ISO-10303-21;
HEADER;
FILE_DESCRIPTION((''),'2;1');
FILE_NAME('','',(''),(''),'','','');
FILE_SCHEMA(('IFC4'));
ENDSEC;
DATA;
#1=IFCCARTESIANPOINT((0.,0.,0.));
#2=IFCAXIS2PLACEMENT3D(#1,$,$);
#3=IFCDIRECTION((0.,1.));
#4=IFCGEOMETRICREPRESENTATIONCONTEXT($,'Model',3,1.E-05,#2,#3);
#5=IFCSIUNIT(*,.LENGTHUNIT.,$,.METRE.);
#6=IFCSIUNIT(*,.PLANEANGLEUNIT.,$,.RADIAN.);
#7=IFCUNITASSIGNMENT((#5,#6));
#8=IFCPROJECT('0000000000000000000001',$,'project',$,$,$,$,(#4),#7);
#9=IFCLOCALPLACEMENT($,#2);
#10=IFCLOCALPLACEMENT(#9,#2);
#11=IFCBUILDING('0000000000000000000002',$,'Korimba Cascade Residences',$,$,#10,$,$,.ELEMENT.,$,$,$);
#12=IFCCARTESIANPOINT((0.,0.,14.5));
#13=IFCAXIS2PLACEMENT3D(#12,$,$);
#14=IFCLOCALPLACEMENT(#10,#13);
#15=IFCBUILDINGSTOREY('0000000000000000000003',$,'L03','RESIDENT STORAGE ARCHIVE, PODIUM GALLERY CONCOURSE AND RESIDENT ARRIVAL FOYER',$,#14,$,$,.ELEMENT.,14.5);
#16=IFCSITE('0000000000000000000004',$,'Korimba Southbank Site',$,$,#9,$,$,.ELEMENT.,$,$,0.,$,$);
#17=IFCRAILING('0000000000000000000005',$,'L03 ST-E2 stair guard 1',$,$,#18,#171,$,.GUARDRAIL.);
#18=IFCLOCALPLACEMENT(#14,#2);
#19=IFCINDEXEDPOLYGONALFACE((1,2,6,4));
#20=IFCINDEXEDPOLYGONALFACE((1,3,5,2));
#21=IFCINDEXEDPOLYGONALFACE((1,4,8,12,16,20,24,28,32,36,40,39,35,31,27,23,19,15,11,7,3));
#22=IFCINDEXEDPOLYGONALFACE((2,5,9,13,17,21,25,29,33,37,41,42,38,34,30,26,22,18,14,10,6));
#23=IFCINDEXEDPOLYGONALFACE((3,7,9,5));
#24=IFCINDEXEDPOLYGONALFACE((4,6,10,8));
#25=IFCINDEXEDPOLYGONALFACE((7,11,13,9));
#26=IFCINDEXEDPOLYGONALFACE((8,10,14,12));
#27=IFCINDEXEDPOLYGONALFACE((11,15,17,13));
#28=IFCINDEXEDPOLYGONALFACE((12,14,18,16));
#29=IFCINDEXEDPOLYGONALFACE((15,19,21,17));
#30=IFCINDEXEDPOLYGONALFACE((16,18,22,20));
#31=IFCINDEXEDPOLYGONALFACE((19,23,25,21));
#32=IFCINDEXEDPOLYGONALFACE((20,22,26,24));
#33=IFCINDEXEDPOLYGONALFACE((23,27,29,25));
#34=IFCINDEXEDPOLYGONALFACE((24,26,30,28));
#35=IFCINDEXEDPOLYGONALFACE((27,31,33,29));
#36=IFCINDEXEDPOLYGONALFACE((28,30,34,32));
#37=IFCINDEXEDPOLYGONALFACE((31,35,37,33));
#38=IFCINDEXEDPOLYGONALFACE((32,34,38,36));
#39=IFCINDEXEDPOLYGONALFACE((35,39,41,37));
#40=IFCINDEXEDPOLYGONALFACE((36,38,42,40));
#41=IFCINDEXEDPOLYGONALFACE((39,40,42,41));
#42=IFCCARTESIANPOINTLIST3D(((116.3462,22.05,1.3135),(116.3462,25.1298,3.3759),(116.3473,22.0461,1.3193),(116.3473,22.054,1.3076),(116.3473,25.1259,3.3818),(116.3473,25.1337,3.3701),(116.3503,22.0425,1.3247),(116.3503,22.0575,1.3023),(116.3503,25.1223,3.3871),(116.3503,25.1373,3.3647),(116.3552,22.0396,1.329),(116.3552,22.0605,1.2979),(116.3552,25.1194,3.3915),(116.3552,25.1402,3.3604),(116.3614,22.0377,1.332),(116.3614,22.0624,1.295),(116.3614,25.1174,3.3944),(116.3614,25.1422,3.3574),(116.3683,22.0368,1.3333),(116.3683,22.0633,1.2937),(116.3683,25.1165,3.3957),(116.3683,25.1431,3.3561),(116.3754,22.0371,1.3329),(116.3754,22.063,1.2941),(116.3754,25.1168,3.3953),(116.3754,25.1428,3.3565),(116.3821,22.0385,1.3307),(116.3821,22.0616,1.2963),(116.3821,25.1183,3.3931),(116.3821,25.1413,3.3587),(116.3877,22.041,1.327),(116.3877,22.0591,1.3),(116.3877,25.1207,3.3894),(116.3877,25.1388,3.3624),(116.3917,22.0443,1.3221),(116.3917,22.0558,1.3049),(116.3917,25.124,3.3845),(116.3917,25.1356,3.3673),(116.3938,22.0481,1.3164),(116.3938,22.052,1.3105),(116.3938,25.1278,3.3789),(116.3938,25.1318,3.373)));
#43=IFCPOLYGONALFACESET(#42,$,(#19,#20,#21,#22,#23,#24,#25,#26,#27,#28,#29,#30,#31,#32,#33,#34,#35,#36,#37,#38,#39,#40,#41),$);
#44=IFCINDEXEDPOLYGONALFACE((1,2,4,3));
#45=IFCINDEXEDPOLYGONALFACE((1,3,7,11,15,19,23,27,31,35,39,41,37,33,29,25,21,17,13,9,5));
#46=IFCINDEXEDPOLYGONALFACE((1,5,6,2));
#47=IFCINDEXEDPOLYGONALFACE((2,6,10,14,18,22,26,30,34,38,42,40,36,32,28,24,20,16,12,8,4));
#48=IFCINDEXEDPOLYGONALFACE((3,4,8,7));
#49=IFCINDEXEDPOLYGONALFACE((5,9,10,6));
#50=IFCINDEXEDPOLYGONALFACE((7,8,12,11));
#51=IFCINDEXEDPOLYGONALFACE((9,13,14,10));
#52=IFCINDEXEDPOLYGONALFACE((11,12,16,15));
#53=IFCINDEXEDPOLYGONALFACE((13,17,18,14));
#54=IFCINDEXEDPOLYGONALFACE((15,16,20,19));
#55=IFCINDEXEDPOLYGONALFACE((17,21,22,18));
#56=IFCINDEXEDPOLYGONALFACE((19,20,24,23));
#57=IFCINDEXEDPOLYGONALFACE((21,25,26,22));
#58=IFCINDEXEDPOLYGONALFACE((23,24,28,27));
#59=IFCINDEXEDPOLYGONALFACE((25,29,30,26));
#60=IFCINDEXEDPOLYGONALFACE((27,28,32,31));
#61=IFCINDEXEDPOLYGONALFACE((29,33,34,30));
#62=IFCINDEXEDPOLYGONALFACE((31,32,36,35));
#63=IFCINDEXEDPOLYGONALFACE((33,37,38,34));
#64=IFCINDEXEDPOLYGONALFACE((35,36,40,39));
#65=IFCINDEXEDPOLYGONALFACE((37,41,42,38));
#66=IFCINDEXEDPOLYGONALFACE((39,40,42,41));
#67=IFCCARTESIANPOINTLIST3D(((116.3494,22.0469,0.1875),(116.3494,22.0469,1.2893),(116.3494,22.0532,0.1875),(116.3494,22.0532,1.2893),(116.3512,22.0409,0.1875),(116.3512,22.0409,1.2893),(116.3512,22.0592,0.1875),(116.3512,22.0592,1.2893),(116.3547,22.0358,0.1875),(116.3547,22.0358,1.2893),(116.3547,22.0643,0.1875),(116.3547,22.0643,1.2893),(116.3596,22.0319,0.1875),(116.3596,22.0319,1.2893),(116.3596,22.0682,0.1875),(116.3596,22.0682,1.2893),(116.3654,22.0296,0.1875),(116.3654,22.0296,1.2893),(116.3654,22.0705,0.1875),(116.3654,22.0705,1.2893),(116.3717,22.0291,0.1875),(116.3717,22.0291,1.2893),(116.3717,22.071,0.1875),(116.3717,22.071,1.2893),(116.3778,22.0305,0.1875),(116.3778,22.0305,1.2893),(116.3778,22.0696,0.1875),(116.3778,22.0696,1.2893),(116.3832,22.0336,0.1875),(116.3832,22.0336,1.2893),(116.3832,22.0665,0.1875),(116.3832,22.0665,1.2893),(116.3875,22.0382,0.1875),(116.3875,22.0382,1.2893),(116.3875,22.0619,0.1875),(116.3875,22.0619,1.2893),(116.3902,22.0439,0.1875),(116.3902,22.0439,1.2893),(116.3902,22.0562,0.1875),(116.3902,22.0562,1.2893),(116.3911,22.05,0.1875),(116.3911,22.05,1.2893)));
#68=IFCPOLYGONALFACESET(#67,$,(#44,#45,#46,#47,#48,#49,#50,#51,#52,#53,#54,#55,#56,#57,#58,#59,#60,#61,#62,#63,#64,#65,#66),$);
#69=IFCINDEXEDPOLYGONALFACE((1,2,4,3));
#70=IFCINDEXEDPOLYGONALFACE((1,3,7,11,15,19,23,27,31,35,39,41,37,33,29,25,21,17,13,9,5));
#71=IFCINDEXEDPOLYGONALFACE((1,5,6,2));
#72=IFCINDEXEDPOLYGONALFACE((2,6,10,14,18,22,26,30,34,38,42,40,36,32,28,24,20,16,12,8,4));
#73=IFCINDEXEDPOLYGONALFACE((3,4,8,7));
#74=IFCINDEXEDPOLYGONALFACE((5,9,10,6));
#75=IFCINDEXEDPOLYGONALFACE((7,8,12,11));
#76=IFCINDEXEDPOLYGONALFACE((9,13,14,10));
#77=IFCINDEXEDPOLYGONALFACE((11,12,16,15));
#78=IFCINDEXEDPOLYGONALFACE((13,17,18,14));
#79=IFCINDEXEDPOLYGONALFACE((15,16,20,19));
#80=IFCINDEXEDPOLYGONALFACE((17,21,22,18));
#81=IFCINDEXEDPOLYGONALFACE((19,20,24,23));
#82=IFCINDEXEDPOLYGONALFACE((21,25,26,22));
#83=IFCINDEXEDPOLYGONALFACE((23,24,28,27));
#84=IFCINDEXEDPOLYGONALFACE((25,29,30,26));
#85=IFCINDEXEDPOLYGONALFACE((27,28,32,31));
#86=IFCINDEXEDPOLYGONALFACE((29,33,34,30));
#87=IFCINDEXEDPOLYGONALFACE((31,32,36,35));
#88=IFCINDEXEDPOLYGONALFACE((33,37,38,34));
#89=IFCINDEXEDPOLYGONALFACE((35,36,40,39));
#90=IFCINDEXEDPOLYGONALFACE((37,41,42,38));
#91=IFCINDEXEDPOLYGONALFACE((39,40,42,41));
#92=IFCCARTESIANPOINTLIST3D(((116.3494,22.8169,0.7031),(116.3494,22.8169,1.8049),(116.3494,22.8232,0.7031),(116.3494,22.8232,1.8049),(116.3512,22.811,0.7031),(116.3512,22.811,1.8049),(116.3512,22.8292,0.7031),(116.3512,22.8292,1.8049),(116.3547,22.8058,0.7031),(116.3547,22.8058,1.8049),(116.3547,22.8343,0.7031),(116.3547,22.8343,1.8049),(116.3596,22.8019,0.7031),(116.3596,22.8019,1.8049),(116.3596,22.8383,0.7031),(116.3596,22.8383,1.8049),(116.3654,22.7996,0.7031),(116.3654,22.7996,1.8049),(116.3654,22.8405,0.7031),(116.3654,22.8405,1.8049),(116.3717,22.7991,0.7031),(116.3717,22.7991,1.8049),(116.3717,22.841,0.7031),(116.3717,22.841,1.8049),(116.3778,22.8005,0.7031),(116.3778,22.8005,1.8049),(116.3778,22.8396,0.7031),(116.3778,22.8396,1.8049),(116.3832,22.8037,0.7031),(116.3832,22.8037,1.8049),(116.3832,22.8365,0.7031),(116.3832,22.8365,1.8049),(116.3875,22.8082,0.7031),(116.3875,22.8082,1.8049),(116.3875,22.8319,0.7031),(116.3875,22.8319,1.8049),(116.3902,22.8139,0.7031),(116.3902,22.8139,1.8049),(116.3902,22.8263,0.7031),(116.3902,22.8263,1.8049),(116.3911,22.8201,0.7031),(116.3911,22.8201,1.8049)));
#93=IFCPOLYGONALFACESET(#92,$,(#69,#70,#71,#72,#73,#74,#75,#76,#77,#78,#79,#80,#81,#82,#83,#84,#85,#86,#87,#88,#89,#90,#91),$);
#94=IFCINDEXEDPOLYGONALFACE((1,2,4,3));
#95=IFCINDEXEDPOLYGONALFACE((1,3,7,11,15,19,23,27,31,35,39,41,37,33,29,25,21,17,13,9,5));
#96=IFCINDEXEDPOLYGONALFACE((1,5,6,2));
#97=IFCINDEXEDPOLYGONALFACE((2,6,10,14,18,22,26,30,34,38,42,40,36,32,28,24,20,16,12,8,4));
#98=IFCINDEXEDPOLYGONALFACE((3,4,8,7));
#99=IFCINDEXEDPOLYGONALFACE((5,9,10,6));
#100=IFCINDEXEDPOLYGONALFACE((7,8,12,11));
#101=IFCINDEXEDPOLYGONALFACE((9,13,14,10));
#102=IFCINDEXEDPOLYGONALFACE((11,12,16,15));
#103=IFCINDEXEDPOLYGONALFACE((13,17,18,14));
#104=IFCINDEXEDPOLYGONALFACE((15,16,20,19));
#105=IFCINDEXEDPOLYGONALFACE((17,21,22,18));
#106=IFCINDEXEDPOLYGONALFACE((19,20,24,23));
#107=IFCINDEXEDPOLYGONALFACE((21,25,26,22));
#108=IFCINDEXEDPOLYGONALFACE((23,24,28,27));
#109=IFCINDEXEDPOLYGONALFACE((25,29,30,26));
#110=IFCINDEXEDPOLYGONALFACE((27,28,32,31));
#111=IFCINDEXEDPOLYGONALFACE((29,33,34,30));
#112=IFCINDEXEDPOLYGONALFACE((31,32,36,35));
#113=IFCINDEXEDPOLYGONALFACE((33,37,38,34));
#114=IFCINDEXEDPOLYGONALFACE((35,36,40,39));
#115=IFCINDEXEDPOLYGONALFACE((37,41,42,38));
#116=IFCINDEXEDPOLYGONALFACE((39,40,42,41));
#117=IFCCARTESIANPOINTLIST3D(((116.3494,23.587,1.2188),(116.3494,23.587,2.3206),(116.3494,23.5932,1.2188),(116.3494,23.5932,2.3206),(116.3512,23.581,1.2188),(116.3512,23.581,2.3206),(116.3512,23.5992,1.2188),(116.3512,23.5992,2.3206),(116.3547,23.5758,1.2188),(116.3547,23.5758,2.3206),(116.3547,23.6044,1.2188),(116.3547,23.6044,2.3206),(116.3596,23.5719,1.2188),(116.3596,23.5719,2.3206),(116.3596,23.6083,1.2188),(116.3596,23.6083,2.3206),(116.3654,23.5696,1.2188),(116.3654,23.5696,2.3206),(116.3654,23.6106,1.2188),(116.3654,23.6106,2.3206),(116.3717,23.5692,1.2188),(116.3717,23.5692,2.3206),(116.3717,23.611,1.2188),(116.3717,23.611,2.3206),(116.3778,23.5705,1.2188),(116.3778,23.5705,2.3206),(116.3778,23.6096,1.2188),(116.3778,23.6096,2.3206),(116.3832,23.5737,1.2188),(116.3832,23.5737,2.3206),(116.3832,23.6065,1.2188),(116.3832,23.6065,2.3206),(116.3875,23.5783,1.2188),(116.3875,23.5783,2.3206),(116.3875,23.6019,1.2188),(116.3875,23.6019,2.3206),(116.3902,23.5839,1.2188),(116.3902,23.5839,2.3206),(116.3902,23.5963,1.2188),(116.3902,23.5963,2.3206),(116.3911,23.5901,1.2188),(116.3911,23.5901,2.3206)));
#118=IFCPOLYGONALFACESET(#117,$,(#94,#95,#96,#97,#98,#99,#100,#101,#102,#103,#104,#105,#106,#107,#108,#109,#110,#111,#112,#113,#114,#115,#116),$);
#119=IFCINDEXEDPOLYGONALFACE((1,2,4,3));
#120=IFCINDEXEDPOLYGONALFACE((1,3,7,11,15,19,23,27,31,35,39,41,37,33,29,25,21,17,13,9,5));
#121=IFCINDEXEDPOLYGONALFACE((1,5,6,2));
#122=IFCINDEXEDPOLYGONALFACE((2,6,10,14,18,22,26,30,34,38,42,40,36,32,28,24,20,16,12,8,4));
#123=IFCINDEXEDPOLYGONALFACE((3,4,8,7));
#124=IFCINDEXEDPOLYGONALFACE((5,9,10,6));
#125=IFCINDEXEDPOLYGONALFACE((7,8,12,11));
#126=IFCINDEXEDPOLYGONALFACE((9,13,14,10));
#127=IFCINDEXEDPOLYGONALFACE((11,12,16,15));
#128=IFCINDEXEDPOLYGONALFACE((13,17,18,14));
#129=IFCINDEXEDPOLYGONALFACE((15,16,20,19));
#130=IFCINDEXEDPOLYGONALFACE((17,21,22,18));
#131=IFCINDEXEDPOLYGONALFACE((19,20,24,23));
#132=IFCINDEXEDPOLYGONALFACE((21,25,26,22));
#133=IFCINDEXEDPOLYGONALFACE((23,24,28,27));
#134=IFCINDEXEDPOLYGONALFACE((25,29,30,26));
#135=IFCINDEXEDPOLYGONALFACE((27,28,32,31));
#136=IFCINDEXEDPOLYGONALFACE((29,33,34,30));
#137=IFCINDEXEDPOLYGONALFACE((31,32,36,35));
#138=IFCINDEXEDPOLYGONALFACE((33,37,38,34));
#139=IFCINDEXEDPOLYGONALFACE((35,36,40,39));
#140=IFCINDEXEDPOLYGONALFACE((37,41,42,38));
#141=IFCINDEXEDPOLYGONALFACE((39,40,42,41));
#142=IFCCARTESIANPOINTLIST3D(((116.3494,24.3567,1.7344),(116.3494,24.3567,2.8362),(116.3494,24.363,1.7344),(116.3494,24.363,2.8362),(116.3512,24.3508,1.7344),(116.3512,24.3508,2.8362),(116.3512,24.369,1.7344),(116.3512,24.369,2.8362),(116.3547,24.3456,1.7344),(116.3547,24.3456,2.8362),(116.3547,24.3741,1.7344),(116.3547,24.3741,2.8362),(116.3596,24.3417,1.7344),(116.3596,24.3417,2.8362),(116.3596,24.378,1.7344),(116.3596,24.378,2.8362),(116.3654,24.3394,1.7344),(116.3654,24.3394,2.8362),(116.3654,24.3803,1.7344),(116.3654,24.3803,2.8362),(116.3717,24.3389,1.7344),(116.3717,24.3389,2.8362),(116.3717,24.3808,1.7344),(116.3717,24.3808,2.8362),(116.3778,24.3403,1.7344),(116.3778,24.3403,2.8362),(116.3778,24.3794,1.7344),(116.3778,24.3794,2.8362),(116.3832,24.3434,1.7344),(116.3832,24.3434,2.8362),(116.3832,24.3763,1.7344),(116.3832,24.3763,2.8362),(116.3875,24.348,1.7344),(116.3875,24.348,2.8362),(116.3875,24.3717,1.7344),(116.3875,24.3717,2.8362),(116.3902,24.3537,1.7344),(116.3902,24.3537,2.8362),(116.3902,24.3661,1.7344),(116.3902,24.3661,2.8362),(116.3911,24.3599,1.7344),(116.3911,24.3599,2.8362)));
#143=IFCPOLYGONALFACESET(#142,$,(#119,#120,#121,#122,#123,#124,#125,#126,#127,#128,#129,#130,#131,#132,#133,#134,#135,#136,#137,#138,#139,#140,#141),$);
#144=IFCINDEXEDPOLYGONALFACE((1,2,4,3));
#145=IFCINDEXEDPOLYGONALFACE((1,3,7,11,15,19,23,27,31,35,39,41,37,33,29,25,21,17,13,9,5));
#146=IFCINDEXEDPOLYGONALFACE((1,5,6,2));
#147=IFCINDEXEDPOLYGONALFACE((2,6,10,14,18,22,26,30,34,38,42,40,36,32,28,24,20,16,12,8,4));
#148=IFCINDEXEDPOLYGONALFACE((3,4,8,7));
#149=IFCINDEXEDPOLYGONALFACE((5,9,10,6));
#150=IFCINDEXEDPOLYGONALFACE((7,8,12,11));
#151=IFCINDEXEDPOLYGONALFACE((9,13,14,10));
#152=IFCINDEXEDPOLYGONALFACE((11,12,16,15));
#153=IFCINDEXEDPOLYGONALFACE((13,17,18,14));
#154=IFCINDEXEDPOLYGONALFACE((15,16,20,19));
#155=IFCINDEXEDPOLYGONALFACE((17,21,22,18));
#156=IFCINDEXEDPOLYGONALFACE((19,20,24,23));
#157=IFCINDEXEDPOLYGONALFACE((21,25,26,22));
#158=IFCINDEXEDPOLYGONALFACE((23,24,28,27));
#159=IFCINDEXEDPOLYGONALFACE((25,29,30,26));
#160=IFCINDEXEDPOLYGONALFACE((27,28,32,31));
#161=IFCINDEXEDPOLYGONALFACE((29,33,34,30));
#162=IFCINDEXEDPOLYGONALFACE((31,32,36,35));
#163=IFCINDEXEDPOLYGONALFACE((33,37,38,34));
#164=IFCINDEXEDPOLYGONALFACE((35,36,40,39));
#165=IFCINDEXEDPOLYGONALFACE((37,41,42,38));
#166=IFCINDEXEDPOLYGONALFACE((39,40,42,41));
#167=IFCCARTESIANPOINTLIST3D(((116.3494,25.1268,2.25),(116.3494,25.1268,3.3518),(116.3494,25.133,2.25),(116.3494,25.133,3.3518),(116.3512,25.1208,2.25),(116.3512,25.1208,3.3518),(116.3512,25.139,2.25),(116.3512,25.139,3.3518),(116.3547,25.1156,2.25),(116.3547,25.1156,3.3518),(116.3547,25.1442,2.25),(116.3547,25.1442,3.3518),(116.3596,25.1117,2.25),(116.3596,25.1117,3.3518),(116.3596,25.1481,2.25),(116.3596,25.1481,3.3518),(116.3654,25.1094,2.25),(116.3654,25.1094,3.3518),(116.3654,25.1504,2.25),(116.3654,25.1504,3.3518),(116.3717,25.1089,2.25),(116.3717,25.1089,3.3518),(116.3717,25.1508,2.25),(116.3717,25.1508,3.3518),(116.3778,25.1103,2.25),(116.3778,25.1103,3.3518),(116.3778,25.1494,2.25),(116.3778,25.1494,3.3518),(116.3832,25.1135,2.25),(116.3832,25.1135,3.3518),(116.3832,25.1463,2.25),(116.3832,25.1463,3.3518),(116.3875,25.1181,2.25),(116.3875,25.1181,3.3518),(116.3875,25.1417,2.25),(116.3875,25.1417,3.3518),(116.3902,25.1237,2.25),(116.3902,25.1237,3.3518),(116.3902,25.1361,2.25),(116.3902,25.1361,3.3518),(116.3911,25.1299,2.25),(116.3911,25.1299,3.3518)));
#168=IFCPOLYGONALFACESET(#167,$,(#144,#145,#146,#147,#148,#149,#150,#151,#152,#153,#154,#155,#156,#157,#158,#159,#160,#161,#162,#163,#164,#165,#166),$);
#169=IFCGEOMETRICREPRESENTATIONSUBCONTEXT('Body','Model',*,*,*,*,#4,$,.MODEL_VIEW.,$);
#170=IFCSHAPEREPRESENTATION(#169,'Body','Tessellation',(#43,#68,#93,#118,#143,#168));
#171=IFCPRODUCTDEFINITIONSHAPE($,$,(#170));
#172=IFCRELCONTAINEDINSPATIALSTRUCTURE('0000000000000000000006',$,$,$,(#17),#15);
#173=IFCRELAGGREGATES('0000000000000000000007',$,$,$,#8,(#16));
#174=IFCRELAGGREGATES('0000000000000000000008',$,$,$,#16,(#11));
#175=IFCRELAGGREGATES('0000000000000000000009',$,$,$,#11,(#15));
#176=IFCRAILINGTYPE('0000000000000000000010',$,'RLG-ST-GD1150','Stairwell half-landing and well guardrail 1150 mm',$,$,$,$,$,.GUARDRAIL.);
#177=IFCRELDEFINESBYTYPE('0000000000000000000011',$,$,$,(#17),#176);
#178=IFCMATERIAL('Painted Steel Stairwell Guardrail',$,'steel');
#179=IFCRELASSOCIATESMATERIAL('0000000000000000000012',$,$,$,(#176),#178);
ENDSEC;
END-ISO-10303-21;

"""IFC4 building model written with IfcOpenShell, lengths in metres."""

from ifc_helpers import new_model, si_unit, direction, frame, origin, origin_2d, place, context, subcontext, project, spatial, circle, extrude, material, type_object, element, save


model = new_model("IFC4")

# Units and contexts
model_context = context("Model", 3, precision=1e-05, world=origin(), true_north=direction((0.0, 1.0)))
body_context = subcontext(model_context, "Body", "Model", "MODEL_VIEW")
ifc_project = project(units=[si_unit("LENGTHUNIT", "METRE"), si_unit("PLANEANGLEUNIT", "RADIAN")], contexts=[model_context])

# Site, building, storey
site_placement = place(None, origin())
site = spatial("IfcSite", under=ifc_project, at=site_placement, Name="Korimba Southbank Site", CompositionType="ELEMENT", RefElevation=0.0)
building_placement = place(site_placement, origin())
building = spatial("IfcBuilding", under=site, at=building_placement, Name="Korimba Cascade Residences", CompositionType="ELEMENT")
storey_placement = place(building_placement, frame((0.0, 0.0, 14.5)))
storey = spatial("IfcBuildingStorey", under=building, at=storey_placement, Name="L03", Description="RESIDENT STORAGE ARCHIVE, PODIUM GALLERY CONCOURSE AND RESIDENT ARRIVAL FOYER", CompositionType="ELEMENT", Elevation=14.5)

# Railing
ifc_material_1 = material(Name="Painted Steel Stairwell Guardrail", Category="steel")
railing_type_1 = type_object("IfcRailingType", Name="RLG-ST-GD1150", Description="Stairwell half-landing and well guardrail 1150 mm", PredefinedType="GUARDRAIL", material=ifc_material_1)
railing_1_placement = place(storey_placement, frame((116.3701, 22.05, 0.1875)))
element("IfcRailing", 1, at=railing_1_placement, inside=storey, type_object=railing_type_1, Name="L03 ST-E2 stair guard 1", PredefinedType="GUARDRAIL", context=body_context, shape_type="SweptSolid", body=[
    extrude(circle(Radius=0.0239, at=origin_2d()), frame((0.0, 0.0, 1.126), z_axis=(0.0, 0.830893, 0.556432), x_axis=(-1.0, 0.0, 0.0)), (0.0, 0.0, 1.0), 3.7065),
    extrude(circle(Radius=0.021, at=origin_2d()), origin(), (0.0, 0.0, 1.0), 1.1018),
    extrude(circle(Radius=0.021, at=origin_2d()), frame((0.0, 0.77, 0.5156)), (0.0, 0.0, 1.0), 1.1018),
    extrude(circle(Radius=0.021, at=origin_2d()), frame((0.0, 1.54, 1.0312)), (0.0, 0.0, 1.0), 1.1018),
    extrude(circle(Radius=0.021, at=origin_2d()), frame((0.0, 2.3098, 1.5469)), (0.0, 0.0, 1.0), 1.1018),
    extrude(circle(Radius=0.021, at=origin_2d()), frame((0.0, 3.0798, 2.0625)), (0.0, 0.0, 1.0), 1.1018),
])

save(model, "model.ifc")
